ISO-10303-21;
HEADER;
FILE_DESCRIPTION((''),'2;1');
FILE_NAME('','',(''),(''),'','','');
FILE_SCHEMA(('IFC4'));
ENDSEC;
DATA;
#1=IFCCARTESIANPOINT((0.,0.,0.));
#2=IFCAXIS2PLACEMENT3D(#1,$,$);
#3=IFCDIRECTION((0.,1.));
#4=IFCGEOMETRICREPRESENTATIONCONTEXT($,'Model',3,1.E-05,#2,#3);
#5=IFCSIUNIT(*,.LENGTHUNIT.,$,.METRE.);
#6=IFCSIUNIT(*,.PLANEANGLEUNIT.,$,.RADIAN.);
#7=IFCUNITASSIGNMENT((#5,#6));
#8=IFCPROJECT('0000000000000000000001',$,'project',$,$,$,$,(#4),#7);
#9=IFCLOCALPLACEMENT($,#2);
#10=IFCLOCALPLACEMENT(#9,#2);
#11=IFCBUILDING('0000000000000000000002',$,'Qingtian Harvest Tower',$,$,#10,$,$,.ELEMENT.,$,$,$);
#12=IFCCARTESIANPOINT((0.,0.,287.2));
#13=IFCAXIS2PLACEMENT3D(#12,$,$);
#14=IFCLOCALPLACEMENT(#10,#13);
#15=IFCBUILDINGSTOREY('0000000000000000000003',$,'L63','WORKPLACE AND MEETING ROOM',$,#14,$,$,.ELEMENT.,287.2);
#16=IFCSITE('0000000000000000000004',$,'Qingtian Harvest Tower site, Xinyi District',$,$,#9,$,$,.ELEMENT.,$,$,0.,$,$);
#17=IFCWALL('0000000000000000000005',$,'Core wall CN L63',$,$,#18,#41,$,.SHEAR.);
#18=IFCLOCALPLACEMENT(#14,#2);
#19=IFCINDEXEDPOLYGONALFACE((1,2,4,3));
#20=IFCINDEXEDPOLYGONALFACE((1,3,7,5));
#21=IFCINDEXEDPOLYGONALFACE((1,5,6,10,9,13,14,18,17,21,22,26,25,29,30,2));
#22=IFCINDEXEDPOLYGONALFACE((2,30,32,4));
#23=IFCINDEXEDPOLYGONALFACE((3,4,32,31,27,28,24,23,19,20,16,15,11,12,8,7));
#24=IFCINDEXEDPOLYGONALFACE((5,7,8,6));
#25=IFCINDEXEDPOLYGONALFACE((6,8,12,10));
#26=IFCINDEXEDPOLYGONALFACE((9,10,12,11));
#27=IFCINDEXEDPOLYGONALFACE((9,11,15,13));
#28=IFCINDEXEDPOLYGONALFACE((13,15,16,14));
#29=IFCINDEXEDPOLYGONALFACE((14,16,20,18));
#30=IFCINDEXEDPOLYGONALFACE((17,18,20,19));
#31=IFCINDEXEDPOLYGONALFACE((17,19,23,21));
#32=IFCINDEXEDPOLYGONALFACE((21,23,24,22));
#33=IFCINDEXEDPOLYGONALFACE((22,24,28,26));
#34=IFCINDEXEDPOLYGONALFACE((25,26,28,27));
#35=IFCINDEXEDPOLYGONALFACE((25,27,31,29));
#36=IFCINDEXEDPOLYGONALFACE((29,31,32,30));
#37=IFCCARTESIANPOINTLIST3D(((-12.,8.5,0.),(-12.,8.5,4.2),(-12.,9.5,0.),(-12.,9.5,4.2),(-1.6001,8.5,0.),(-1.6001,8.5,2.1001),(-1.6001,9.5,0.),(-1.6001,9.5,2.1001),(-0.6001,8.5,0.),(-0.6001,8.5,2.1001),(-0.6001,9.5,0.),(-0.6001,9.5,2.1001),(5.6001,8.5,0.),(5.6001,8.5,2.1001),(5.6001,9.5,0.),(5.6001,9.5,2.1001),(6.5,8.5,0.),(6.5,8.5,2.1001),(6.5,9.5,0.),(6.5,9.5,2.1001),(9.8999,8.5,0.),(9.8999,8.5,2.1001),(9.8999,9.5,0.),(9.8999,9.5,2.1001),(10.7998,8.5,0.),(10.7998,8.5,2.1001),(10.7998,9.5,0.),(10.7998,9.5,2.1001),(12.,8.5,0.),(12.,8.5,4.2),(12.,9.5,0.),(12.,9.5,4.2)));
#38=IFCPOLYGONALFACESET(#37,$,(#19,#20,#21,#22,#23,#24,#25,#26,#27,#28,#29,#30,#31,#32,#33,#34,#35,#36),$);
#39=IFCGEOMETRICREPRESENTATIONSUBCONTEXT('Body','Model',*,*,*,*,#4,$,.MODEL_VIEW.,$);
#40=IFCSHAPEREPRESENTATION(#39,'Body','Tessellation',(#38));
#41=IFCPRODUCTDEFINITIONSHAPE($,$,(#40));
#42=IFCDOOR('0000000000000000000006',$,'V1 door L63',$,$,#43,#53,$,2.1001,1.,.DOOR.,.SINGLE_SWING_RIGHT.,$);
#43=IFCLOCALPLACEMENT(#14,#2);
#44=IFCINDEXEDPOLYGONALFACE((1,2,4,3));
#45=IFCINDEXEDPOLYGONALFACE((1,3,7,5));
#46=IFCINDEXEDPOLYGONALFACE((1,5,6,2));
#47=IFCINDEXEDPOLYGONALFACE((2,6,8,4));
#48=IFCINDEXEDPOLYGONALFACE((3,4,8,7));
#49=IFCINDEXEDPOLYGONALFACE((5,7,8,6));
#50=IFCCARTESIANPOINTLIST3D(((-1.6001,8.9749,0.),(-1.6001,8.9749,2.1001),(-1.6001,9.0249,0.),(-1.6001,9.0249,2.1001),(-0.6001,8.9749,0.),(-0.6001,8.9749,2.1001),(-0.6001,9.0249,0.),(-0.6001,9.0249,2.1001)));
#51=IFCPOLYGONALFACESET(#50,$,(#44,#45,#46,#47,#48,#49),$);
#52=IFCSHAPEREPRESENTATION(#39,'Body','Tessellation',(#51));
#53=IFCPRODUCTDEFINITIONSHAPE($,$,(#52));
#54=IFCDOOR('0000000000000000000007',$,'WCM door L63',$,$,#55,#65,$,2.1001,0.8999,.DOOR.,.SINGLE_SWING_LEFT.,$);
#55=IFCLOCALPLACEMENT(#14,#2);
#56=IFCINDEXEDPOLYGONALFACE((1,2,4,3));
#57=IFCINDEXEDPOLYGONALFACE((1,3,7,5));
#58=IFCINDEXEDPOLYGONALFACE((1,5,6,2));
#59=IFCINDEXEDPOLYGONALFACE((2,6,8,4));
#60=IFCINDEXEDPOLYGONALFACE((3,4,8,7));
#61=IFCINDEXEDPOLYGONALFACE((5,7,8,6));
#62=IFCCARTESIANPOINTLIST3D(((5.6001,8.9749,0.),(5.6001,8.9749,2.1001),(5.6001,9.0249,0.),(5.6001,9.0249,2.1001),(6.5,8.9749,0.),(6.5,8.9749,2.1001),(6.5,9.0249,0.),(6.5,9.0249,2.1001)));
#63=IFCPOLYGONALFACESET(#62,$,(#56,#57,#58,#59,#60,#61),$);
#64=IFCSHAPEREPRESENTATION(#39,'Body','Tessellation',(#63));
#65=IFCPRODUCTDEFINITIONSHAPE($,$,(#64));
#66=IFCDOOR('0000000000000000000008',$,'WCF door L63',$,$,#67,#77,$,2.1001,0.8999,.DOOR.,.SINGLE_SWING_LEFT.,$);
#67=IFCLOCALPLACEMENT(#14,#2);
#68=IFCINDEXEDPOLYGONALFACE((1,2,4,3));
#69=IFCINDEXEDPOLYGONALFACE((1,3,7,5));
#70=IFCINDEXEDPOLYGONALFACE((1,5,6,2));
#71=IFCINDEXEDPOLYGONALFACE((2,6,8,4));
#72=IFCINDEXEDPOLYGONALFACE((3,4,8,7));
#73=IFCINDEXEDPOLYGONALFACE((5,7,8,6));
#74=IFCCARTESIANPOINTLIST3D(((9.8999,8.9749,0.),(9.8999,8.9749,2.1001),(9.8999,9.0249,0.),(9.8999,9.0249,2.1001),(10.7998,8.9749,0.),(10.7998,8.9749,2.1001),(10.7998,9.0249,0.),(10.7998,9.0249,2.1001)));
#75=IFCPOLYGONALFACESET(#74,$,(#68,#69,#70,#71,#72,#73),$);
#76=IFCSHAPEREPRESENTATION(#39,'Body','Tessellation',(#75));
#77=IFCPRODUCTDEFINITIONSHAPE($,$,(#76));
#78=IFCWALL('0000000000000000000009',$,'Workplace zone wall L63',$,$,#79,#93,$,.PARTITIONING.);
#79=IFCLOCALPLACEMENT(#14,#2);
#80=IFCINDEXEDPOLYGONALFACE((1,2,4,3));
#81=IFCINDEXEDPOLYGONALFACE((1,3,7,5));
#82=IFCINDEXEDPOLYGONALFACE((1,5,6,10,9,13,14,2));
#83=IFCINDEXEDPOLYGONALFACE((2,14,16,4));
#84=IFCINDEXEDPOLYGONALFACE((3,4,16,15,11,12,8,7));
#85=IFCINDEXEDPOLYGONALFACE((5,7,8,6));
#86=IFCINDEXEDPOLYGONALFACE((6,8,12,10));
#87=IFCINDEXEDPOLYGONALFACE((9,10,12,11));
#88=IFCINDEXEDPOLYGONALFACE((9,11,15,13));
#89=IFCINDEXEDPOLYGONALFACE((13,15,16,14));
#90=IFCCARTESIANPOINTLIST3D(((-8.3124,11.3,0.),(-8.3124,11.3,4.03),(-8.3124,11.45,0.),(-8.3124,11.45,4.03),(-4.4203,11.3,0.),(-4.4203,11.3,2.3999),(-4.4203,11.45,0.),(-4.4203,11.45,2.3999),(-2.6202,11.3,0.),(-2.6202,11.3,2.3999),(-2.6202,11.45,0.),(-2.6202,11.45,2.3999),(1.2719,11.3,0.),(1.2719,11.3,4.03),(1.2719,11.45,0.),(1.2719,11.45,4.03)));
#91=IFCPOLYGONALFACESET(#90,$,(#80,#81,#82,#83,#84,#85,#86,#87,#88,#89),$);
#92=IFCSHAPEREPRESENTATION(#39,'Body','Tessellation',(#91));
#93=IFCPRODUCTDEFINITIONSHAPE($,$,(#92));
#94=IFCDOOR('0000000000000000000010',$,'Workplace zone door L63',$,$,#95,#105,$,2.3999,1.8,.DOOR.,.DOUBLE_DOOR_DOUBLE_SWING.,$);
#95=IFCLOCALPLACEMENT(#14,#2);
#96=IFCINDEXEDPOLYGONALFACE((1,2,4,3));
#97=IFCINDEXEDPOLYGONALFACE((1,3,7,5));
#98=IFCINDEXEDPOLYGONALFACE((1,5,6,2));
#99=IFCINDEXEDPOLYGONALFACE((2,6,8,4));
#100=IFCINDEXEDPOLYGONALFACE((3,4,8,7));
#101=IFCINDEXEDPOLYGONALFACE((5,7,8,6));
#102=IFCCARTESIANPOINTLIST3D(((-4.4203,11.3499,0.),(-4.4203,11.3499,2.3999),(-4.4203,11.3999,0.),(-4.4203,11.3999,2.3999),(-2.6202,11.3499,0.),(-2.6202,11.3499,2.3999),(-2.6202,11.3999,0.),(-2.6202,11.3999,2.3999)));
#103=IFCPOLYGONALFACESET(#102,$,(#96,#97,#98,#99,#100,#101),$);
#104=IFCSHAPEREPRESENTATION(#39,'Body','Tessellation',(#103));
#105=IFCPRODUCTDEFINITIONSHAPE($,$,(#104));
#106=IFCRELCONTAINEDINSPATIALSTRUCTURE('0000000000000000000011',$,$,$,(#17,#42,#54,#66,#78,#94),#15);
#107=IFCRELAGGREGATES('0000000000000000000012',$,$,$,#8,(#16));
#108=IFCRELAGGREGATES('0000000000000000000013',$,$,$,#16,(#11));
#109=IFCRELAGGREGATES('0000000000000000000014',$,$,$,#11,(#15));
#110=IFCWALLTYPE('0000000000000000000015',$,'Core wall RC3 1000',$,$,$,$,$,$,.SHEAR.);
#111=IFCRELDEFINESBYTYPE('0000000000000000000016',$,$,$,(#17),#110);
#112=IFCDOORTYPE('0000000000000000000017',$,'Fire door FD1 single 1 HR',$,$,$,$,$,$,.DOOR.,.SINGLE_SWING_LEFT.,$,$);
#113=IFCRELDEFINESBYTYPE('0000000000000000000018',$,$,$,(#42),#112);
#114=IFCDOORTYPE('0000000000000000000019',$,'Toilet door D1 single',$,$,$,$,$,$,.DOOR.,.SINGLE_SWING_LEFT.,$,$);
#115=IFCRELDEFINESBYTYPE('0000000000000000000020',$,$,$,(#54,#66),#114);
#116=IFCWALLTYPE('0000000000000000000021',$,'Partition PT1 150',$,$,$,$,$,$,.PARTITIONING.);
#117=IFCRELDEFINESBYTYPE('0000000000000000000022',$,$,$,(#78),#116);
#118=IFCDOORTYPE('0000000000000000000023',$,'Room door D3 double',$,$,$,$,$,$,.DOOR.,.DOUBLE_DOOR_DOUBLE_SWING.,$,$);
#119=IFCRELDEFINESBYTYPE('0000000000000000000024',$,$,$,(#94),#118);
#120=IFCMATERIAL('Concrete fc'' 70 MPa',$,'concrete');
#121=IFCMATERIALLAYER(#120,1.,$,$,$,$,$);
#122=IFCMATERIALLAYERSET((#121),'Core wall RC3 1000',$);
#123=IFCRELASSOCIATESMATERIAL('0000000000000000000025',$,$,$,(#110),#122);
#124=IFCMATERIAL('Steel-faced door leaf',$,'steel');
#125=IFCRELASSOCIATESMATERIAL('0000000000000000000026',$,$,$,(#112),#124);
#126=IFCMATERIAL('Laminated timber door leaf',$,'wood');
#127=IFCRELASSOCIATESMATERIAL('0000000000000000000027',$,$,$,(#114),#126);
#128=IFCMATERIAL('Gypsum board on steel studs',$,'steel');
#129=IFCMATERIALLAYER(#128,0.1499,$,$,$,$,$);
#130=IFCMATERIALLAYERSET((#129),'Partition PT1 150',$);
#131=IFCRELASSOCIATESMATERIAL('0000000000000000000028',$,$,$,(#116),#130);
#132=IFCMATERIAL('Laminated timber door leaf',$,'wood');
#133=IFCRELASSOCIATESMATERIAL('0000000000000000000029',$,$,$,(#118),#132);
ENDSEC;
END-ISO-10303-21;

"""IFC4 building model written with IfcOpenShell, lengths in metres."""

from ifc_helpers import new_model, si_unit, direction, frame, frame_2d, origin, place, context, subcontext, project, spatial, rectangle, extrude, material, layer, layer_set, type_object, element, fill, save


model = new_model("IFC4")

# Units and contexts
model_context = context("Model", 3, precision=1e-05, world=origin(), true_north=direction((0.0, 1.0)))
body_context = subcontext(model_context, "Body", "Model", "MODEL_VIEW")
ifc_project = project(units=[si_unit("LENGTHUNIT", "METRE"), si_unit("PLANEANGLEUNIT", "RADIAN")], contexts=[model_context])

# Site, building, storey
site_placement = place(None, origin())
site = spatial("IfcSite", under=ifc_project, at=site_placement, Name="Qingtian Harvest Tower site, Xinyi District", CompositionType="ELEMENT", RefElevation=0.0)
building_placement = place(site_placement, origin())
building = spatial("IfcBuilding", under=site, at=building_placement, Name="Qingtian Harvest Tower", CompositionType="ELEMENT")
storey_placement = place(building_placement, frame((0.0, 0.0, 287.2)))
storey = spatial("IfcBuildingStorey", under=building, at=storey_placement, Name="L63", Description="WORKPLACE AND MEETING ROOM", CompositionType="ELEMENT", Elevation=287.2)

# Wall, openings, doors
ifc_material_1 = material(Name="Concrete fc' 70 MPa", Category="concrete")
ifc_layer_1 = layer(ifc_material_1, 1.0)
ifc_layer_set_1 = layer_set([ifc_layer_1], Name="Core wall RC3 1000")
wall_type_1 = type_object("IfcWallType", Name="Core wall RC3 1000", PredefinedType="SHEAR", material=ifc_layer_set_1)
wall_1_placement = place(storey_placement, frame((-12.0, 9.0, 0.0), z_axis=(0.0, 0.0, 1.0), x_axis=(1.0, 0.0, 0.0)))
wall_1 = element("IfcWall", 1, at=wall_1_placement, inside=storey, type_object=wall_type_1, Name="Core wall CN L63", PredefinedType="SHEAR", context=body_context, shape_type="SweptSolid", body=[
    extrude(rectangle(XDim=24.0, YDim=1.0, at=frame_2d((12.0, 0.0))), origin(), (0.0, 0.0, 1.0), 4.2),
])
opening_1_placement = place(wall_1_placement, frame((10.3999, 0.0, 0.0)))
opening_1 = element("IfcOpeningElement", 2, at=opening_1_placement, cuts=wall_1, PredefinedType="OPENING", context=body_context, shape_type="SweptSolid", body=[
    extrude(rectangle(XDim=1.0, YDim=2.1001, at=frame_2d((0.5, 1.05))), frame((0.0, 0.51, 0.0), z_axis=(0.0, -1.0, 0.0), x_axis=(1.0, 0.0, 0.0)), (0.0, 0.0, 1.0), 1.02),
])
opening_2_placement = place(wall_1_placement, frame((17.6001, 0.0, 0.0)))
opening_2 = element("IfcOpeningElement", 3, at=opening_2_placement, cuts=wall_1, PredefinedType="OPENING", context=body_context, shape_type="SweptSolid", body=[
    extrude(rectangle(XDim=0.8999, YDim=2.1001, at=frame_2d((0.45, 1.05))), frame((0.0, 0.51, 0.0), z_axis=(0.0, -1.0, 0.0), x_axis=(1.0, 0.0, 0.0)), (0.0, 0.0, 1.0), 1.02),
])
opening_3_placement = place(wall_1_placement, frame((21.8999, 0.0, 0.0)))
opening_3 = element("IfcOpeningElement", 4, at=opening_3_placement, cuts=wall_1, PredefinedType="OPENING", context=body_context, shape_type="SweptSolid", body=[
    extrude(rectangle(XDim=0.8999, YDim=2.1001, at=frame_2d((0.45, 1.05))), frame((0.0, 0.51, 0.0), z_axis=(0.0, -1.0, 0.0), x_axis=(1.0, 0.0, 0.0)), (0.0, 0.0, 1.0), 1.02),
])
ifc_material_2 = material(Name="Steel-faced door leaf", Category="steel")
door_type_1 = type_object("IfcDoorType", Name="Fire door FD1 single 1 HR", OperationType="SINGLE_SWING_LEFT", PredefinedType="DOOR", material=ifc_material_2)
door_1_placement = place(opening_1_placement, origin())
door_1 = element("IfcDoor", 5, at=door_1_placement, inside=storey, type_object=door_type_1, Name="V1 door L63", OperationType="SINGLE_SWING_RIGHT", OverallHeight=2.1001, OverallWidth=1.0, PredefinedType="DOOR", context=body_context, shape_type="SweptSolid", body=[
    extrude(rectangle(XDim=1.0, YDim=2.1001, at=frame_2d((0.5, 1.05))), frame((0.0, 0.0249, 0.0), z_axis=(0.0, -1.0, 0.0), x_axis=(1.0, 0.0, 0.0)), (0.0, 0.0, 1.0), 0.05),
])
fill(opening_1, door_1)
ifc_material_3 = material(Name="Laminated timber door leaf", Category="wood")
door_type_2 = type_object("IfcDoorType", Name="Toilet door D1 single", OperationType="SINGLE_SWING_LEFT", PredefinedType="DOOR", material=ifc_material_3)
door_2_placement = place(opening_2_placement, origin())
door_2 = element("IfcDoor", 6, at=door_2_placement, inside=storey, type_object=door_type_2, Name="WCM door L63", OperationType="SINGLE_SWING_LEFT", OverallHeight=2.1001, OverallWidth=0.8999, PredefinedType="DOOR", context=body_context, shape_type="SweptSolid", body=[
    extrude(rectangle(XDim=0.8999, YDim=2.1001, at=frame_2d((0.45, 1.05))), frame((0.0, 0.0249, 0.0), z_axis=(0.0, -1.0, 0.0), x_axis=(1.0, 0.0, 0.0)), (0.0, 0.0, 1.0), 0.05),
])
fill(opening_2, door_2)
door_3_placement = place(opening_3_placement, origin())
door_3 = element("IfcDoor", 7, at=door_3_placement, inside=storey, type_object=door_type_2, Name="WCF door L63", OperationType="SINGLE_SWING_LEFT", OverallHeight=2.1001, OverallWidth=0.8999, PredefinedType="DOOR", context=body_context, shape_type="SweptSolid", body=[
    extrude(rectangle(XDim=0.8999, YDim=2.1001, at=frame_2d((0.45, 1.05))), frame((0.0, 0.0249, 0.0), z_axis=(0.0, -1.0, 0.0), x_axis=(1.0, 0.0, 0.0)), (0.0, 0.0, 1.0), 0.05),
])
fill(opening_3, door_3)

# Wall, opening, door
ifc_material_4 = material(Name="Gypsum board on steel studs", Category="steel")
ifc_layer_2 = layer(ifc_material_4, 0.1499)
ifc_layer_set_2 = layer_set([ifc_layer_2], Name="Partition PT1 150")
wall_type_2 = type_object("IfcWallType", Name="Partition PT1 150", PredefinedType="PARTITIONING", material=ifc_layer_set_2)
wall_2_placement = place(storey_placement, frame((-8.3123, 11.375, 0.0), z_axis=(0.0, 0.0, 1.0), x_axis=(1.0, 0.0, 0.0)))
wall_2 = element("IfcWall", 8, at=wall_2_placement, inside=storey, type_object=wall_type_2, Name="Workplace zone wall L63", PredefinedType="PARTITIONING", context=body_context, shape_type="SweptSolid", body=[
    extrude(rectangle(XDim=9.5842, YDim=0.1499, at=frame_2d((4.792, 0.0))), origin(), (0.0, 0.0, 1.0), 4.03),
])
opening_4_placement = place(wall_2_placement, frame((3.8921, 0.0, 0.0)))
opening_4 = element("IfcOpeningElement", 9, at=opening_4_placement, cuts=wall_2, PredefinedType="OPENING", context=body_context, shape_type="SweptSolid", body=[
    extrude(rectangle(XDim=1.8, YDim=2.3999, at=frame_2d((0.8999, 1.2))), frame((0.0, 0.085, 0.0), z_axis=(0.0, -1.0, 0.0), x_axis=(1.0, 0.0, 0.0)), (0.0, 0.0, 1.0), 0.1699),
])
ifc_material_5 = material(Name="Laminated timber door leaf", Category="wood")
door_type_3 = type_object("IfcDoorType", Name="Room door D3 double", OperationType="DOUBLE_DOOR_DOUBLE_SWING", PredefinedType="DOOR", material=ifc_material_5)
door_4_placement = place(opening_4_placement, origin())
door_4 = element("IfcDoor", 10, at=door_4_placement, inside=storey, type_object=door_type_3, Name="Workplace zone door L63", OperationType="DOUBLE_DOOR_DOUBLE_SWING", OverallHeight=2.3999, OverallWidth=1.8, PredefinedType="DOOR", context=body_context, shape_type="SweptSolid", body=[
    extrude(rectangle(XDim=1.8, YDim=2.3999, at=frame_2d((0.8999, 1.2))), frame((0.0, 0.0249, 0.0), z_axis=(0.0, -1.0, 0.0), x_axis=(1.0, 0.0, 0.0)), (0.0, 0.0, 1.0), 0.05),
])
fill(opening_4, door_4)

save(model, "model.ifc")
